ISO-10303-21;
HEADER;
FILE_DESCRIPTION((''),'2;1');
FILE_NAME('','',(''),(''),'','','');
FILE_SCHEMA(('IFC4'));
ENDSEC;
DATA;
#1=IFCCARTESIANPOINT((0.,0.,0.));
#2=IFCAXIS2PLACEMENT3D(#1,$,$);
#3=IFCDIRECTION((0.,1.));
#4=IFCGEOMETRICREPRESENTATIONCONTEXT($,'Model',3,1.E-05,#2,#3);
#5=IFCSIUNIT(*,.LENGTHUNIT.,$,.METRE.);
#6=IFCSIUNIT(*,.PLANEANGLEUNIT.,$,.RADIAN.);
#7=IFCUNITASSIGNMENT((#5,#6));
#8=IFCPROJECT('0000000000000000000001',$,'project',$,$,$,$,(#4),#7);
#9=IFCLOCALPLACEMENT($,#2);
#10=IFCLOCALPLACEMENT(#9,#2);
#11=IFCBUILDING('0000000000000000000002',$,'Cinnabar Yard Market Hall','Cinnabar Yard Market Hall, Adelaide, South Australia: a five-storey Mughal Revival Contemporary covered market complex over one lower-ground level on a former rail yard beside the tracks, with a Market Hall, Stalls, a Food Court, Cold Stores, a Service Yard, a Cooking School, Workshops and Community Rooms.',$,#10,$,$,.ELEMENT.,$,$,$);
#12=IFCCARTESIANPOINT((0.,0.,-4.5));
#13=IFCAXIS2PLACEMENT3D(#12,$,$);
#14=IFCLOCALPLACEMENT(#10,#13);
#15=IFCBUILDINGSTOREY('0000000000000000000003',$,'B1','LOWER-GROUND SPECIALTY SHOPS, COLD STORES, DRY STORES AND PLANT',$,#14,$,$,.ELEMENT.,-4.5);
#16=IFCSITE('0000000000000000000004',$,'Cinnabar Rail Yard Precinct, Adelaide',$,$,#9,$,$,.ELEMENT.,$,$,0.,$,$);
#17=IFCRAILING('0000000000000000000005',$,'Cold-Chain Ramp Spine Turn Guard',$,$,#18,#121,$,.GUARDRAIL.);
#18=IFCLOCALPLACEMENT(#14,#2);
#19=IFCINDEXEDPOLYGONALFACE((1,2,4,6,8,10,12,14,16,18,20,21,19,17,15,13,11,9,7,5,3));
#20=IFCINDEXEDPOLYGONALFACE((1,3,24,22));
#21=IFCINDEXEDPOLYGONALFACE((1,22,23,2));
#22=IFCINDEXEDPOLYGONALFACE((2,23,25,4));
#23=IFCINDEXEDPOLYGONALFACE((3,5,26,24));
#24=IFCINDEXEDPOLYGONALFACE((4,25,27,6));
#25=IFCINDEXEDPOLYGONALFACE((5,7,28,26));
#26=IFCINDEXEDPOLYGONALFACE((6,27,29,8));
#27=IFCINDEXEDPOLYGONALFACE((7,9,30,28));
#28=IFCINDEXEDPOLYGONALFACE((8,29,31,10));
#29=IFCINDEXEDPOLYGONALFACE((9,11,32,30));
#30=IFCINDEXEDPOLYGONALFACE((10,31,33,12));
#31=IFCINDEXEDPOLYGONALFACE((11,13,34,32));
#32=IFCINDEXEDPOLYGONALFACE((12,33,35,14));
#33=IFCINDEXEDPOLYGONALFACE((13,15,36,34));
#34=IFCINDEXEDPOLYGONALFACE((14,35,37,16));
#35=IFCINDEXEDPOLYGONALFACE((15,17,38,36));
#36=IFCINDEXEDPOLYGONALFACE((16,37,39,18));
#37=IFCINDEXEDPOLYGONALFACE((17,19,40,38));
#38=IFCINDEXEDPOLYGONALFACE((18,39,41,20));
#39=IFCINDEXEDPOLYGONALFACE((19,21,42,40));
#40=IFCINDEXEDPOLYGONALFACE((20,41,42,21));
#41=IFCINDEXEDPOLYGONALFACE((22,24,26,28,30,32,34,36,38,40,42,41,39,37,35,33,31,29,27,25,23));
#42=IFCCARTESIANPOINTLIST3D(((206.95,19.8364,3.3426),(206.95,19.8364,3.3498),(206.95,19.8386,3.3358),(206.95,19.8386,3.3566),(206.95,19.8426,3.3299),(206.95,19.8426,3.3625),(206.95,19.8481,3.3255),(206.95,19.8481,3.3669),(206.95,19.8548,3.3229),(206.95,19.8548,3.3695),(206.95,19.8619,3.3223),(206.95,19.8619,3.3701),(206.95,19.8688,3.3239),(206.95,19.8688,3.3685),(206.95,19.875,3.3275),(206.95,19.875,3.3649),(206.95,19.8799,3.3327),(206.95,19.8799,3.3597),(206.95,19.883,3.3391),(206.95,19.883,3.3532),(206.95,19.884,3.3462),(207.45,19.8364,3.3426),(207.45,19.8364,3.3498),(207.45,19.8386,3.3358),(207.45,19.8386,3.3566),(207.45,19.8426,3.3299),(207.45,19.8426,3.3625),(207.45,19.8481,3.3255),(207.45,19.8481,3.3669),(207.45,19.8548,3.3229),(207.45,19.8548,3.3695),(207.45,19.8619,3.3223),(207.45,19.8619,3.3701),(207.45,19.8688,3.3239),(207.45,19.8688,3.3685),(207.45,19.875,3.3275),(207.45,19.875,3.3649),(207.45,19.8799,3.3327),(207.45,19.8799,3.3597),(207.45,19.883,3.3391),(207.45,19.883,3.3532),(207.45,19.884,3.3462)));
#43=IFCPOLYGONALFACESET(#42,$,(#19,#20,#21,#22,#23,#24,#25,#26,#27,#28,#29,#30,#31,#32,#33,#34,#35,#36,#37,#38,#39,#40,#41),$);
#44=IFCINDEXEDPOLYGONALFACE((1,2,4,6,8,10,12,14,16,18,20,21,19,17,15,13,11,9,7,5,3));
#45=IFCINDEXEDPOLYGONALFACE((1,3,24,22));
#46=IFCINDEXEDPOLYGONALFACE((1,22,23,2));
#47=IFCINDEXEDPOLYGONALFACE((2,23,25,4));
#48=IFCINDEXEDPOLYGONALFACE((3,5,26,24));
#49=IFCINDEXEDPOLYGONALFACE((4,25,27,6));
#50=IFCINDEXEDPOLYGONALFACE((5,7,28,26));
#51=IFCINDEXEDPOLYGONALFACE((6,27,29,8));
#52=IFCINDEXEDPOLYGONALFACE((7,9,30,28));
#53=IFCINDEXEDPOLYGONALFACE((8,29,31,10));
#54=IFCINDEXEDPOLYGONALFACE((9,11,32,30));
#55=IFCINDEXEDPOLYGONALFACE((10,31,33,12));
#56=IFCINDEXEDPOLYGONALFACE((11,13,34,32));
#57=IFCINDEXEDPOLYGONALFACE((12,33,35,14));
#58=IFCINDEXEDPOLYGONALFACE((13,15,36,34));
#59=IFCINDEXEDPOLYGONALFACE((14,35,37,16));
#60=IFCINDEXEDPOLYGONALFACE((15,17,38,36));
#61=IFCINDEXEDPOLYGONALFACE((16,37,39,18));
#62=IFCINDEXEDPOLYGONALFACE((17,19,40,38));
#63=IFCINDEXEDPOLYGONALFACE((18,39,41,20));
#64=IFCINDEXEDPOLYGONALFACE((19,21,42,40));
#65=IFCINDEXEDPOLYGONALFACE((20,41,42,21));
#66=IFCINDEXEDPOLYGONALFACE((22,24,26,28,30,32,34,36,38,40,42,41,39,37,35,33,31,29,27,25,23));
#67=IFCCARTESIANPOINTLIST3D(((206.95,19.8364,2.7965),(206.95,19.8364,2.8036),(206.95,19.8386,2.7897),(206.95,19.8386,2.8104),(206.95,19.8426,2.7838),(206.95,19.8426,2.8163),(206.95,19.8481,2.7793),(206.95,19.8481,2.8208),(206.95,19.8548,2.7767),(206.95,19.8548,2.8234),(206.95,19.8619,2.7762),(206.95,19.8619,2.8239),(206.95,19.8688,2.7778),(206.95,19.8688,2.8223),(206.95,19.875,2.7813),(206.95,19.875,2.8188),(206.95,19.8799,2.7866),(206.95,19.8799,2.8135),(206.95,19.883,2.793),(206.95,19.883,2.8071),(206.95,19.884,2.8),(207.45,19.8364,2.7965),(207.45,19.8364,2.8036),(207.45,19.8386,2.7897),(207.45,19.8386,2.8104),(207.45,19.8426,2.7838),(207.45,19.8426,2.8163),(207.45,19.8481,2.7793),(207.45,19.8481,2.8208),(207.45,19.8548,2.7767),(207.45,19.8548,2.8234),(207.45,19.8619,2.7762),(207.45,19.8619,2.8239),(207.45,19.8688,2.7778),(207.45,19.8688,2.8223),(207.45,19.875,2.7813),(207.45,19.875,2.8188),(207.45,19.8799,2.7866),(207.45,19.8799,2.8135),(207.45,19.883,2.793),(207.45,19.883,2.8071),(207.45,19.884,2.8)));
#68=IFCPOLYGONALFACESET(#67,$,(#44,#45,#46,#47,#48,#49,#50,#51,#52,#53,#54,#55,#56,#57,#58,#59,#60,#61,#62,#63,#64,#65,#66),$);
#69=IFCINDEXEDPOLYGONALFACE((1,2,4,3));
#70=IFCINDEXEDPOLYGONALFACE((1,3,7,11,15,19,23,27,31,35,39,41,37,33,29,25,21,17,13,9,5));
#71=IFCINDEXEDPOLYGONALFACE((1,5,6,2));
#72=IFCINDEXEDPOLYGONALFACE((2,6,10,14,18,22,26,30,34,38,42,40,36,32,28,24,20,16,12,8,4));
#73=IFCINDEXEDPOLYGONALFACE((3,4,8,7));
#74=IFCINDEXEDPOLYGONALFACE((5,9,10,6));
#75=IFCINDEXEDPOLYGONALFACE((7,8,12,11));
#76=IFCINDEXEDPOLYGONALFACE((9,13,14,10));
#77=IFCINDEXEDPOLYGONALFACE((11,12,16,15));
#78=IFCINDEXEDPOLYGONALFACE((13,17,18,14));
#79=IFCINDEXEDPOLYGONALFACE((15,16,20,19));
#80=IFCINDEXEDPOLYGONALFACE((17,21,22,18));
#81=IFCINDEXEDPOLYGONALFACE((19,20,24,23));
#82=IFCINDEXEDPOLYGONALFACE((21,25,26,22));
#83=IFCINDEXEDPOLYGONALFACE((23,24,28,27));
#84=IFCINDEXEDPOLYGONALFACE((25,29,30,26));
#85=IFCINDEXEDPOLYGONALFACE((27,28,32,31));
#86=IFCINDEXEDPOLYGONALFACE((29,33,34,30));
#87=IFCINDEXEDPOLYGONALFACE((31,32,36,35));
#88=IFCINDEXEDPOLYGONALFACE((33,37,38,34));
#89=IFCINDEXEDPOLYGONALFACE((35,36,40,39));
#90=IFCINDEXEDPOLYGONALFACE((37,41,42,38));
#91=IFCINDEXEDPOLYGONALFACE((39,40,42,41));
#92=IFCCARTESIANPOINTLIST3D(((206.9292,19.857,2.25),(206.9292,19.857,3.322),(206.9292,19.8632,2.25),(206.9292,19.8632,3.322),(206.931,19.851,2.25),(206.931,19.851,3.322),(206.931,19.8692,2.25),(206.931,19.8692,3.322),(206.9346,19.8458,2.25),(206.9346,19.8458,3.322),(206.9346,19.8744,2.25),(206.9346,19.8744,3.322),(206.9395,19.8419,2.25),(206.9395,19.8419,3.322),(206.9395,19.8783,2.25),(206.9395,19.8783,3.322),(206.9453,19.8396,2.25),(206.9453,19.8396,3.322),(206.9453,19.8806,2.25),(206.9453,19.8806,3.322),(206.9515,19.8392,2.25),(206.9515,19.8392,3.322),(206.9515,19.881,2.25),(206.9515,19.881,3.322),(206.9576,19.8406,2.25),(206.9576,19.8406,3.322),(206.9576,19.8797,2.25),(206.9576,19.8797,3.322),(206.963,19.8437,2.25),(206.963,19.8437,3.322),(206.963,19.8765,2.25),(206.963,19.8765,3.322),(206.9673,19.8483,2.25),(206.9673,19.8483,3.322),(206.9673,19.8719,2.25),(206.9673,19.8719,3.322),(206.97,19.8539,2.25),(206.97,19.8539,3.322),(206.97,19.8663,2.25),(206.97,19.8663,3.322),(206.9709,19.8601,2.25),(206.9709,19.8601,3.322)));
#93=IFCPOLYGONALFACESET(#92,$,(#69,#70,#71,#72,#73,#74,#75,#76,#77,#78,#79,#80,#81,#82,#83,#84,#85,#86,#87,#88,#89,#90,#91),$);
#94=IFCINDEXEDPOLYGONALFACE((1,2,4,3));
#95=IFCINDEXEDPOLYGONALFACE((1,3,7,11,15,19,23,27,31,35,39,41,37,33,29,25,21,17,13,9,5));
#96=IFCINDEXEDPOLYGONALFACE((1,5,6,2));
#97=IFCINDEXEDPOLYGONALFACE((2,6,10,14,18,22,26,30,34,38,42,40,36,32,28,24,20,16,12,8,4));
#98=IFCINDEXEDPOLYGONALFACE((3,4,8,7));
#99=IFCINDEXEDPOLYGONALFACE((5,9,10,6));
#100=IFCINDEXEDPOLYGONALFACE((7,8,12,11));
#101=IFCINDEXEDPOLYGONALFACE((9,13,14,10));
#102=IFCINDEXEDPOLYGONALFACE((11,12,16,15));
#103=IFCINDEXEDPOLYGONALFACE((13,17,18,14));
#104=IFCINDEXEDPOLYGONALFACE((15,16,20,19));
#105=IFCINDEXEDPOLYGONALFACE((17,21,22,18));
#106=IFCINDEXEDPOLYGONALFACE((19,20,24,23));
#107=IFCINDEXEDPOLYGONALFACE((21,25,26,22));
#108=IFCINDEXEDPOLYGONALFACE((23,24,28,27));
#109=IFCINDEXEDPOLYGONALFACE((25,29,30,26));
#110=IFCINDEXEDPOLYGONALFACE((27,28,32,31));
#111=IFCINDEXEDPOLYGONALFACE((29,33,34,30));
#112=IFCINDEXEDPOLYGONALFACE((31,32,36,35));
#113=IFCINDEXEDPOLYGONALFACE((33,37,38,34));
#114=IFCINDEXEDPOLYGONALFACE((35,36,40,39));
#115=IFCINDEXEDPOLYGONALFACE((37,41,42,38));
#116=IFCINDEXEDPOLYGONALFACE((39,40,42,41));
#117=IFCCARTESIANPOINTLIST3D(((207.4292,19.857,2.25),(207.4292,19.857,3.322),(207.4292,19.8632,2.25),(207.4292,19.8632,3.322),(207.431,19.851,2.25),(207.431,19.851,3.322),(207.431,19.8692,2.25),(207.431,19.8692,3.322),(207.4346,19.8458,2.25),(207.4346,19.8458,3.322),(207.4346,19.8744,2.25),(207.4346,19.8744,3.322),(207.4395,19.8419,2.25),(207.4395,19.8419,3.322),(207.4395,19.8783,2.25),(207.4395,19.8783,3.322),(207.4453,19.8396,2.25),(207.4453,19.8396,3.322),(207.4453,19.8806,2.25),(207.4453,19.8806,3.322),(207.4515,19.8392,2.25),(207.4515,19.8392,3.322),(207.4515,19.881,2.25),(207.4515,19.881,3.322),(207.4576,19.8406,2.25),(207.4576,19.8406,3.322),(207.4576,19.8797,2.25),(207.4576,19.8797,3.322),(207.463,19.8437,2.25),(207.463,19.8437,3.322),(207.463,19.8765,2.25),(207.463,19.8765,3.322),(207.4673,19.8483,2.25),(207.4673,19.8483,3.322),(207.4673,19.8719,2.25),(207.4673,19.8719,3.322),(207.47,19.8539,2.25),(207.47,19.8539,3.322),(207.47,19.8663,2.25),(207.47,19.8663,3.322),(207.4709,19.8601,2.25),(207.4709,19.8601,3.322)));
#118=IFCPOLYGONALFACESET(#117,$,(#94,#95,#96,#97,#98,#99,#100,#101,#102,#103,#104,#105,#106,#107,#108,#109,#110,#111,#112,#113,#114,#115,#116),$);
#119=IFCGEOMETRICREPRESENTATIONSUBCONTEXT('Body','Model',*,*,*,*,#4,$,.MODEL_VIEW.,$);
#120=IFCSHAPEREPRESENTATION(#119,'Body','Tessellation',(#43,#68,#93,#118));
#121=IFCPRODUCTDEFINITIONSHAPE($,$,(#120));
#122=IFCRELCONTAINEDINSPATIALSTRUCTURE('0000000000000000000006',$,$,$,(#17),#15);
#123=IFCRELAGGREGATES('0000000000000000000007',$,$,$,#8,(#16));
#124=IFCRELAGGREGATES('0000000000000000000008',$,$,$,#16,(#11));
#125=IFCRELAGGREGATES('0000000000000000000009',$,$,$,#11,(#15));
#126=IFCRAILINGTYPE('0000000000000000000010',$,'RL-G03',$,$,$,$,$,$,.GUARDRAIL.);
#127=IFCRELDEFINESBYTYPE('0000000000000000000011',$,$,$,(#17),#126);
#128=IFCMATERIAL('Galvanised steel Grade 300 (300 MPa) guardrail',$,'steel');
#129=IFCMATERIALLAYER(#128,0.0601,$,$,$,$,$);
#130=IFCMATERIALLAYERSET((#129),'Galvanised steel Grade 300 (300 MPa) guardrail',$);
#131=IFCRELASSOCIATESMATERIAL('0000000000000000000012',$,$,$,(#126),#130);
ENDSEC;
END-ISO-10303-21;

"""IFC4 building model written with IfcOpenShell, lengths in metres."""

from ifc_helpers import new_model, si_unit, direction, frame, origin, origin_2d_with_axis, place, context, subcontext, project, spatial, circle, extrude, material, layer, layer_set, type_object, element, save


model = new_model("IFC4")

# Units and contexts
model_context = context("Model", 3, precision=1e-05, world=origin(), true_north=direction((0.0, 1.0)))
body_context = subcontext(model_context, "Body", "Model", "MODEL_VIEW")
ifc_project = project(units=[si_unit("LENGTHUNIT", "METRE"), si_unit("PLANEANGLEUNIT", "RADIAN")], contexts=[model_context])

# Site, building, storey
site_placement = place(None, origin())
site = spatial("IfcSite", under=ifc_project, at=site_placement, Name="Cinnabar Rail Yard Precinct, Adelaide", CompositionType="ELEMENT", RefElevation=0.0)
building_placement = place(site_placement, origin())
building = spatial("IfcBuilding", under=site, at=building_placement, Name="Cinnabar Yard Market Hall", Description="Cinnabar Yard Market Hall, Adelaide, South Australia: a five-storey Mughal Revival Contemporary covered market complex over one lower-ground level on a former rail yard beside the tracks, with a Market Hall, Stalls, a Food Court, Cold Stores, a Service Yard, a Cooking School, Workshops and Community Rooms.", CompositionType="ELEMENT")
storey_placement = place(building_placement, frame((0.0, 0.0, -4.5)))
storey = spatial("IfcBuildingStorey", under=building, at=storey_placement, Name="B1", Description="LOWER-GROUND SPECIALTY SHOPS, COLD STORES, DRY STORES AND PLANT", CompositionType="ELEMENT", Elevation=-4.5)

# Railing
ifc_material_1 = material(Name="Galvanised steel Grade 300 (300 MPa) guardrail", Category="steel")
ifc_layer_1 = layer(ifc_material_1, 0.0601)
ifc_layer_set_1 = layer_set([ifc_layer_1], Name="Galvanised steel Grade 300 (300 MPa) guardrail")
railing_type = type_object("IfcRailingType", Name="RL-G03", PredefinedType="GUARDRAIL", material=ifc_layer_set_1)
railing_1_placement = place(storey_placement, frame((206.95, 19.8601, 2.25)))
element("IfcRailing", 1, at=railing_1_placement, inside=storey, type_object=railing_type, Name="Cold-Chain Ramp Spine Turn Guard", PredefinedType="GUARDRAIL", context=body_context, shape_type="SweptSolid", body=[
    extrude(circle(Radius=0.0239, at=origin_2d_with_axis()), frame((0.0, 0.0, 1.0962), z_axis=(1.0, 0.0, 0.0), x_axis=(0.0, 1.0, 0.0)), (0.0, 0.0, 1.0), 0.5),
    extrude(circle(Radius=0.0239, at=origin_2d_with_axis()), frame((0.0, 0.0, 0.55), z_axis=(1.0, 0.0, 0.0), x_axis=(0.0, 1.0, 0.0)), (0.0, 0.0, 1.0), 0.5),
    extrude(circle(Radius=0.021, at=origin_2d_with_axis()), origin(), (0.0, 0.0, 1.0), 1.072),
    extrude(circle(Radius=0.021, at=origin_2d_with_axis()), frame((0.5, 0.0, 0.0)), (0.0, 0.0, 1.0), 1.072),
])

save(model, "model.ifc")
